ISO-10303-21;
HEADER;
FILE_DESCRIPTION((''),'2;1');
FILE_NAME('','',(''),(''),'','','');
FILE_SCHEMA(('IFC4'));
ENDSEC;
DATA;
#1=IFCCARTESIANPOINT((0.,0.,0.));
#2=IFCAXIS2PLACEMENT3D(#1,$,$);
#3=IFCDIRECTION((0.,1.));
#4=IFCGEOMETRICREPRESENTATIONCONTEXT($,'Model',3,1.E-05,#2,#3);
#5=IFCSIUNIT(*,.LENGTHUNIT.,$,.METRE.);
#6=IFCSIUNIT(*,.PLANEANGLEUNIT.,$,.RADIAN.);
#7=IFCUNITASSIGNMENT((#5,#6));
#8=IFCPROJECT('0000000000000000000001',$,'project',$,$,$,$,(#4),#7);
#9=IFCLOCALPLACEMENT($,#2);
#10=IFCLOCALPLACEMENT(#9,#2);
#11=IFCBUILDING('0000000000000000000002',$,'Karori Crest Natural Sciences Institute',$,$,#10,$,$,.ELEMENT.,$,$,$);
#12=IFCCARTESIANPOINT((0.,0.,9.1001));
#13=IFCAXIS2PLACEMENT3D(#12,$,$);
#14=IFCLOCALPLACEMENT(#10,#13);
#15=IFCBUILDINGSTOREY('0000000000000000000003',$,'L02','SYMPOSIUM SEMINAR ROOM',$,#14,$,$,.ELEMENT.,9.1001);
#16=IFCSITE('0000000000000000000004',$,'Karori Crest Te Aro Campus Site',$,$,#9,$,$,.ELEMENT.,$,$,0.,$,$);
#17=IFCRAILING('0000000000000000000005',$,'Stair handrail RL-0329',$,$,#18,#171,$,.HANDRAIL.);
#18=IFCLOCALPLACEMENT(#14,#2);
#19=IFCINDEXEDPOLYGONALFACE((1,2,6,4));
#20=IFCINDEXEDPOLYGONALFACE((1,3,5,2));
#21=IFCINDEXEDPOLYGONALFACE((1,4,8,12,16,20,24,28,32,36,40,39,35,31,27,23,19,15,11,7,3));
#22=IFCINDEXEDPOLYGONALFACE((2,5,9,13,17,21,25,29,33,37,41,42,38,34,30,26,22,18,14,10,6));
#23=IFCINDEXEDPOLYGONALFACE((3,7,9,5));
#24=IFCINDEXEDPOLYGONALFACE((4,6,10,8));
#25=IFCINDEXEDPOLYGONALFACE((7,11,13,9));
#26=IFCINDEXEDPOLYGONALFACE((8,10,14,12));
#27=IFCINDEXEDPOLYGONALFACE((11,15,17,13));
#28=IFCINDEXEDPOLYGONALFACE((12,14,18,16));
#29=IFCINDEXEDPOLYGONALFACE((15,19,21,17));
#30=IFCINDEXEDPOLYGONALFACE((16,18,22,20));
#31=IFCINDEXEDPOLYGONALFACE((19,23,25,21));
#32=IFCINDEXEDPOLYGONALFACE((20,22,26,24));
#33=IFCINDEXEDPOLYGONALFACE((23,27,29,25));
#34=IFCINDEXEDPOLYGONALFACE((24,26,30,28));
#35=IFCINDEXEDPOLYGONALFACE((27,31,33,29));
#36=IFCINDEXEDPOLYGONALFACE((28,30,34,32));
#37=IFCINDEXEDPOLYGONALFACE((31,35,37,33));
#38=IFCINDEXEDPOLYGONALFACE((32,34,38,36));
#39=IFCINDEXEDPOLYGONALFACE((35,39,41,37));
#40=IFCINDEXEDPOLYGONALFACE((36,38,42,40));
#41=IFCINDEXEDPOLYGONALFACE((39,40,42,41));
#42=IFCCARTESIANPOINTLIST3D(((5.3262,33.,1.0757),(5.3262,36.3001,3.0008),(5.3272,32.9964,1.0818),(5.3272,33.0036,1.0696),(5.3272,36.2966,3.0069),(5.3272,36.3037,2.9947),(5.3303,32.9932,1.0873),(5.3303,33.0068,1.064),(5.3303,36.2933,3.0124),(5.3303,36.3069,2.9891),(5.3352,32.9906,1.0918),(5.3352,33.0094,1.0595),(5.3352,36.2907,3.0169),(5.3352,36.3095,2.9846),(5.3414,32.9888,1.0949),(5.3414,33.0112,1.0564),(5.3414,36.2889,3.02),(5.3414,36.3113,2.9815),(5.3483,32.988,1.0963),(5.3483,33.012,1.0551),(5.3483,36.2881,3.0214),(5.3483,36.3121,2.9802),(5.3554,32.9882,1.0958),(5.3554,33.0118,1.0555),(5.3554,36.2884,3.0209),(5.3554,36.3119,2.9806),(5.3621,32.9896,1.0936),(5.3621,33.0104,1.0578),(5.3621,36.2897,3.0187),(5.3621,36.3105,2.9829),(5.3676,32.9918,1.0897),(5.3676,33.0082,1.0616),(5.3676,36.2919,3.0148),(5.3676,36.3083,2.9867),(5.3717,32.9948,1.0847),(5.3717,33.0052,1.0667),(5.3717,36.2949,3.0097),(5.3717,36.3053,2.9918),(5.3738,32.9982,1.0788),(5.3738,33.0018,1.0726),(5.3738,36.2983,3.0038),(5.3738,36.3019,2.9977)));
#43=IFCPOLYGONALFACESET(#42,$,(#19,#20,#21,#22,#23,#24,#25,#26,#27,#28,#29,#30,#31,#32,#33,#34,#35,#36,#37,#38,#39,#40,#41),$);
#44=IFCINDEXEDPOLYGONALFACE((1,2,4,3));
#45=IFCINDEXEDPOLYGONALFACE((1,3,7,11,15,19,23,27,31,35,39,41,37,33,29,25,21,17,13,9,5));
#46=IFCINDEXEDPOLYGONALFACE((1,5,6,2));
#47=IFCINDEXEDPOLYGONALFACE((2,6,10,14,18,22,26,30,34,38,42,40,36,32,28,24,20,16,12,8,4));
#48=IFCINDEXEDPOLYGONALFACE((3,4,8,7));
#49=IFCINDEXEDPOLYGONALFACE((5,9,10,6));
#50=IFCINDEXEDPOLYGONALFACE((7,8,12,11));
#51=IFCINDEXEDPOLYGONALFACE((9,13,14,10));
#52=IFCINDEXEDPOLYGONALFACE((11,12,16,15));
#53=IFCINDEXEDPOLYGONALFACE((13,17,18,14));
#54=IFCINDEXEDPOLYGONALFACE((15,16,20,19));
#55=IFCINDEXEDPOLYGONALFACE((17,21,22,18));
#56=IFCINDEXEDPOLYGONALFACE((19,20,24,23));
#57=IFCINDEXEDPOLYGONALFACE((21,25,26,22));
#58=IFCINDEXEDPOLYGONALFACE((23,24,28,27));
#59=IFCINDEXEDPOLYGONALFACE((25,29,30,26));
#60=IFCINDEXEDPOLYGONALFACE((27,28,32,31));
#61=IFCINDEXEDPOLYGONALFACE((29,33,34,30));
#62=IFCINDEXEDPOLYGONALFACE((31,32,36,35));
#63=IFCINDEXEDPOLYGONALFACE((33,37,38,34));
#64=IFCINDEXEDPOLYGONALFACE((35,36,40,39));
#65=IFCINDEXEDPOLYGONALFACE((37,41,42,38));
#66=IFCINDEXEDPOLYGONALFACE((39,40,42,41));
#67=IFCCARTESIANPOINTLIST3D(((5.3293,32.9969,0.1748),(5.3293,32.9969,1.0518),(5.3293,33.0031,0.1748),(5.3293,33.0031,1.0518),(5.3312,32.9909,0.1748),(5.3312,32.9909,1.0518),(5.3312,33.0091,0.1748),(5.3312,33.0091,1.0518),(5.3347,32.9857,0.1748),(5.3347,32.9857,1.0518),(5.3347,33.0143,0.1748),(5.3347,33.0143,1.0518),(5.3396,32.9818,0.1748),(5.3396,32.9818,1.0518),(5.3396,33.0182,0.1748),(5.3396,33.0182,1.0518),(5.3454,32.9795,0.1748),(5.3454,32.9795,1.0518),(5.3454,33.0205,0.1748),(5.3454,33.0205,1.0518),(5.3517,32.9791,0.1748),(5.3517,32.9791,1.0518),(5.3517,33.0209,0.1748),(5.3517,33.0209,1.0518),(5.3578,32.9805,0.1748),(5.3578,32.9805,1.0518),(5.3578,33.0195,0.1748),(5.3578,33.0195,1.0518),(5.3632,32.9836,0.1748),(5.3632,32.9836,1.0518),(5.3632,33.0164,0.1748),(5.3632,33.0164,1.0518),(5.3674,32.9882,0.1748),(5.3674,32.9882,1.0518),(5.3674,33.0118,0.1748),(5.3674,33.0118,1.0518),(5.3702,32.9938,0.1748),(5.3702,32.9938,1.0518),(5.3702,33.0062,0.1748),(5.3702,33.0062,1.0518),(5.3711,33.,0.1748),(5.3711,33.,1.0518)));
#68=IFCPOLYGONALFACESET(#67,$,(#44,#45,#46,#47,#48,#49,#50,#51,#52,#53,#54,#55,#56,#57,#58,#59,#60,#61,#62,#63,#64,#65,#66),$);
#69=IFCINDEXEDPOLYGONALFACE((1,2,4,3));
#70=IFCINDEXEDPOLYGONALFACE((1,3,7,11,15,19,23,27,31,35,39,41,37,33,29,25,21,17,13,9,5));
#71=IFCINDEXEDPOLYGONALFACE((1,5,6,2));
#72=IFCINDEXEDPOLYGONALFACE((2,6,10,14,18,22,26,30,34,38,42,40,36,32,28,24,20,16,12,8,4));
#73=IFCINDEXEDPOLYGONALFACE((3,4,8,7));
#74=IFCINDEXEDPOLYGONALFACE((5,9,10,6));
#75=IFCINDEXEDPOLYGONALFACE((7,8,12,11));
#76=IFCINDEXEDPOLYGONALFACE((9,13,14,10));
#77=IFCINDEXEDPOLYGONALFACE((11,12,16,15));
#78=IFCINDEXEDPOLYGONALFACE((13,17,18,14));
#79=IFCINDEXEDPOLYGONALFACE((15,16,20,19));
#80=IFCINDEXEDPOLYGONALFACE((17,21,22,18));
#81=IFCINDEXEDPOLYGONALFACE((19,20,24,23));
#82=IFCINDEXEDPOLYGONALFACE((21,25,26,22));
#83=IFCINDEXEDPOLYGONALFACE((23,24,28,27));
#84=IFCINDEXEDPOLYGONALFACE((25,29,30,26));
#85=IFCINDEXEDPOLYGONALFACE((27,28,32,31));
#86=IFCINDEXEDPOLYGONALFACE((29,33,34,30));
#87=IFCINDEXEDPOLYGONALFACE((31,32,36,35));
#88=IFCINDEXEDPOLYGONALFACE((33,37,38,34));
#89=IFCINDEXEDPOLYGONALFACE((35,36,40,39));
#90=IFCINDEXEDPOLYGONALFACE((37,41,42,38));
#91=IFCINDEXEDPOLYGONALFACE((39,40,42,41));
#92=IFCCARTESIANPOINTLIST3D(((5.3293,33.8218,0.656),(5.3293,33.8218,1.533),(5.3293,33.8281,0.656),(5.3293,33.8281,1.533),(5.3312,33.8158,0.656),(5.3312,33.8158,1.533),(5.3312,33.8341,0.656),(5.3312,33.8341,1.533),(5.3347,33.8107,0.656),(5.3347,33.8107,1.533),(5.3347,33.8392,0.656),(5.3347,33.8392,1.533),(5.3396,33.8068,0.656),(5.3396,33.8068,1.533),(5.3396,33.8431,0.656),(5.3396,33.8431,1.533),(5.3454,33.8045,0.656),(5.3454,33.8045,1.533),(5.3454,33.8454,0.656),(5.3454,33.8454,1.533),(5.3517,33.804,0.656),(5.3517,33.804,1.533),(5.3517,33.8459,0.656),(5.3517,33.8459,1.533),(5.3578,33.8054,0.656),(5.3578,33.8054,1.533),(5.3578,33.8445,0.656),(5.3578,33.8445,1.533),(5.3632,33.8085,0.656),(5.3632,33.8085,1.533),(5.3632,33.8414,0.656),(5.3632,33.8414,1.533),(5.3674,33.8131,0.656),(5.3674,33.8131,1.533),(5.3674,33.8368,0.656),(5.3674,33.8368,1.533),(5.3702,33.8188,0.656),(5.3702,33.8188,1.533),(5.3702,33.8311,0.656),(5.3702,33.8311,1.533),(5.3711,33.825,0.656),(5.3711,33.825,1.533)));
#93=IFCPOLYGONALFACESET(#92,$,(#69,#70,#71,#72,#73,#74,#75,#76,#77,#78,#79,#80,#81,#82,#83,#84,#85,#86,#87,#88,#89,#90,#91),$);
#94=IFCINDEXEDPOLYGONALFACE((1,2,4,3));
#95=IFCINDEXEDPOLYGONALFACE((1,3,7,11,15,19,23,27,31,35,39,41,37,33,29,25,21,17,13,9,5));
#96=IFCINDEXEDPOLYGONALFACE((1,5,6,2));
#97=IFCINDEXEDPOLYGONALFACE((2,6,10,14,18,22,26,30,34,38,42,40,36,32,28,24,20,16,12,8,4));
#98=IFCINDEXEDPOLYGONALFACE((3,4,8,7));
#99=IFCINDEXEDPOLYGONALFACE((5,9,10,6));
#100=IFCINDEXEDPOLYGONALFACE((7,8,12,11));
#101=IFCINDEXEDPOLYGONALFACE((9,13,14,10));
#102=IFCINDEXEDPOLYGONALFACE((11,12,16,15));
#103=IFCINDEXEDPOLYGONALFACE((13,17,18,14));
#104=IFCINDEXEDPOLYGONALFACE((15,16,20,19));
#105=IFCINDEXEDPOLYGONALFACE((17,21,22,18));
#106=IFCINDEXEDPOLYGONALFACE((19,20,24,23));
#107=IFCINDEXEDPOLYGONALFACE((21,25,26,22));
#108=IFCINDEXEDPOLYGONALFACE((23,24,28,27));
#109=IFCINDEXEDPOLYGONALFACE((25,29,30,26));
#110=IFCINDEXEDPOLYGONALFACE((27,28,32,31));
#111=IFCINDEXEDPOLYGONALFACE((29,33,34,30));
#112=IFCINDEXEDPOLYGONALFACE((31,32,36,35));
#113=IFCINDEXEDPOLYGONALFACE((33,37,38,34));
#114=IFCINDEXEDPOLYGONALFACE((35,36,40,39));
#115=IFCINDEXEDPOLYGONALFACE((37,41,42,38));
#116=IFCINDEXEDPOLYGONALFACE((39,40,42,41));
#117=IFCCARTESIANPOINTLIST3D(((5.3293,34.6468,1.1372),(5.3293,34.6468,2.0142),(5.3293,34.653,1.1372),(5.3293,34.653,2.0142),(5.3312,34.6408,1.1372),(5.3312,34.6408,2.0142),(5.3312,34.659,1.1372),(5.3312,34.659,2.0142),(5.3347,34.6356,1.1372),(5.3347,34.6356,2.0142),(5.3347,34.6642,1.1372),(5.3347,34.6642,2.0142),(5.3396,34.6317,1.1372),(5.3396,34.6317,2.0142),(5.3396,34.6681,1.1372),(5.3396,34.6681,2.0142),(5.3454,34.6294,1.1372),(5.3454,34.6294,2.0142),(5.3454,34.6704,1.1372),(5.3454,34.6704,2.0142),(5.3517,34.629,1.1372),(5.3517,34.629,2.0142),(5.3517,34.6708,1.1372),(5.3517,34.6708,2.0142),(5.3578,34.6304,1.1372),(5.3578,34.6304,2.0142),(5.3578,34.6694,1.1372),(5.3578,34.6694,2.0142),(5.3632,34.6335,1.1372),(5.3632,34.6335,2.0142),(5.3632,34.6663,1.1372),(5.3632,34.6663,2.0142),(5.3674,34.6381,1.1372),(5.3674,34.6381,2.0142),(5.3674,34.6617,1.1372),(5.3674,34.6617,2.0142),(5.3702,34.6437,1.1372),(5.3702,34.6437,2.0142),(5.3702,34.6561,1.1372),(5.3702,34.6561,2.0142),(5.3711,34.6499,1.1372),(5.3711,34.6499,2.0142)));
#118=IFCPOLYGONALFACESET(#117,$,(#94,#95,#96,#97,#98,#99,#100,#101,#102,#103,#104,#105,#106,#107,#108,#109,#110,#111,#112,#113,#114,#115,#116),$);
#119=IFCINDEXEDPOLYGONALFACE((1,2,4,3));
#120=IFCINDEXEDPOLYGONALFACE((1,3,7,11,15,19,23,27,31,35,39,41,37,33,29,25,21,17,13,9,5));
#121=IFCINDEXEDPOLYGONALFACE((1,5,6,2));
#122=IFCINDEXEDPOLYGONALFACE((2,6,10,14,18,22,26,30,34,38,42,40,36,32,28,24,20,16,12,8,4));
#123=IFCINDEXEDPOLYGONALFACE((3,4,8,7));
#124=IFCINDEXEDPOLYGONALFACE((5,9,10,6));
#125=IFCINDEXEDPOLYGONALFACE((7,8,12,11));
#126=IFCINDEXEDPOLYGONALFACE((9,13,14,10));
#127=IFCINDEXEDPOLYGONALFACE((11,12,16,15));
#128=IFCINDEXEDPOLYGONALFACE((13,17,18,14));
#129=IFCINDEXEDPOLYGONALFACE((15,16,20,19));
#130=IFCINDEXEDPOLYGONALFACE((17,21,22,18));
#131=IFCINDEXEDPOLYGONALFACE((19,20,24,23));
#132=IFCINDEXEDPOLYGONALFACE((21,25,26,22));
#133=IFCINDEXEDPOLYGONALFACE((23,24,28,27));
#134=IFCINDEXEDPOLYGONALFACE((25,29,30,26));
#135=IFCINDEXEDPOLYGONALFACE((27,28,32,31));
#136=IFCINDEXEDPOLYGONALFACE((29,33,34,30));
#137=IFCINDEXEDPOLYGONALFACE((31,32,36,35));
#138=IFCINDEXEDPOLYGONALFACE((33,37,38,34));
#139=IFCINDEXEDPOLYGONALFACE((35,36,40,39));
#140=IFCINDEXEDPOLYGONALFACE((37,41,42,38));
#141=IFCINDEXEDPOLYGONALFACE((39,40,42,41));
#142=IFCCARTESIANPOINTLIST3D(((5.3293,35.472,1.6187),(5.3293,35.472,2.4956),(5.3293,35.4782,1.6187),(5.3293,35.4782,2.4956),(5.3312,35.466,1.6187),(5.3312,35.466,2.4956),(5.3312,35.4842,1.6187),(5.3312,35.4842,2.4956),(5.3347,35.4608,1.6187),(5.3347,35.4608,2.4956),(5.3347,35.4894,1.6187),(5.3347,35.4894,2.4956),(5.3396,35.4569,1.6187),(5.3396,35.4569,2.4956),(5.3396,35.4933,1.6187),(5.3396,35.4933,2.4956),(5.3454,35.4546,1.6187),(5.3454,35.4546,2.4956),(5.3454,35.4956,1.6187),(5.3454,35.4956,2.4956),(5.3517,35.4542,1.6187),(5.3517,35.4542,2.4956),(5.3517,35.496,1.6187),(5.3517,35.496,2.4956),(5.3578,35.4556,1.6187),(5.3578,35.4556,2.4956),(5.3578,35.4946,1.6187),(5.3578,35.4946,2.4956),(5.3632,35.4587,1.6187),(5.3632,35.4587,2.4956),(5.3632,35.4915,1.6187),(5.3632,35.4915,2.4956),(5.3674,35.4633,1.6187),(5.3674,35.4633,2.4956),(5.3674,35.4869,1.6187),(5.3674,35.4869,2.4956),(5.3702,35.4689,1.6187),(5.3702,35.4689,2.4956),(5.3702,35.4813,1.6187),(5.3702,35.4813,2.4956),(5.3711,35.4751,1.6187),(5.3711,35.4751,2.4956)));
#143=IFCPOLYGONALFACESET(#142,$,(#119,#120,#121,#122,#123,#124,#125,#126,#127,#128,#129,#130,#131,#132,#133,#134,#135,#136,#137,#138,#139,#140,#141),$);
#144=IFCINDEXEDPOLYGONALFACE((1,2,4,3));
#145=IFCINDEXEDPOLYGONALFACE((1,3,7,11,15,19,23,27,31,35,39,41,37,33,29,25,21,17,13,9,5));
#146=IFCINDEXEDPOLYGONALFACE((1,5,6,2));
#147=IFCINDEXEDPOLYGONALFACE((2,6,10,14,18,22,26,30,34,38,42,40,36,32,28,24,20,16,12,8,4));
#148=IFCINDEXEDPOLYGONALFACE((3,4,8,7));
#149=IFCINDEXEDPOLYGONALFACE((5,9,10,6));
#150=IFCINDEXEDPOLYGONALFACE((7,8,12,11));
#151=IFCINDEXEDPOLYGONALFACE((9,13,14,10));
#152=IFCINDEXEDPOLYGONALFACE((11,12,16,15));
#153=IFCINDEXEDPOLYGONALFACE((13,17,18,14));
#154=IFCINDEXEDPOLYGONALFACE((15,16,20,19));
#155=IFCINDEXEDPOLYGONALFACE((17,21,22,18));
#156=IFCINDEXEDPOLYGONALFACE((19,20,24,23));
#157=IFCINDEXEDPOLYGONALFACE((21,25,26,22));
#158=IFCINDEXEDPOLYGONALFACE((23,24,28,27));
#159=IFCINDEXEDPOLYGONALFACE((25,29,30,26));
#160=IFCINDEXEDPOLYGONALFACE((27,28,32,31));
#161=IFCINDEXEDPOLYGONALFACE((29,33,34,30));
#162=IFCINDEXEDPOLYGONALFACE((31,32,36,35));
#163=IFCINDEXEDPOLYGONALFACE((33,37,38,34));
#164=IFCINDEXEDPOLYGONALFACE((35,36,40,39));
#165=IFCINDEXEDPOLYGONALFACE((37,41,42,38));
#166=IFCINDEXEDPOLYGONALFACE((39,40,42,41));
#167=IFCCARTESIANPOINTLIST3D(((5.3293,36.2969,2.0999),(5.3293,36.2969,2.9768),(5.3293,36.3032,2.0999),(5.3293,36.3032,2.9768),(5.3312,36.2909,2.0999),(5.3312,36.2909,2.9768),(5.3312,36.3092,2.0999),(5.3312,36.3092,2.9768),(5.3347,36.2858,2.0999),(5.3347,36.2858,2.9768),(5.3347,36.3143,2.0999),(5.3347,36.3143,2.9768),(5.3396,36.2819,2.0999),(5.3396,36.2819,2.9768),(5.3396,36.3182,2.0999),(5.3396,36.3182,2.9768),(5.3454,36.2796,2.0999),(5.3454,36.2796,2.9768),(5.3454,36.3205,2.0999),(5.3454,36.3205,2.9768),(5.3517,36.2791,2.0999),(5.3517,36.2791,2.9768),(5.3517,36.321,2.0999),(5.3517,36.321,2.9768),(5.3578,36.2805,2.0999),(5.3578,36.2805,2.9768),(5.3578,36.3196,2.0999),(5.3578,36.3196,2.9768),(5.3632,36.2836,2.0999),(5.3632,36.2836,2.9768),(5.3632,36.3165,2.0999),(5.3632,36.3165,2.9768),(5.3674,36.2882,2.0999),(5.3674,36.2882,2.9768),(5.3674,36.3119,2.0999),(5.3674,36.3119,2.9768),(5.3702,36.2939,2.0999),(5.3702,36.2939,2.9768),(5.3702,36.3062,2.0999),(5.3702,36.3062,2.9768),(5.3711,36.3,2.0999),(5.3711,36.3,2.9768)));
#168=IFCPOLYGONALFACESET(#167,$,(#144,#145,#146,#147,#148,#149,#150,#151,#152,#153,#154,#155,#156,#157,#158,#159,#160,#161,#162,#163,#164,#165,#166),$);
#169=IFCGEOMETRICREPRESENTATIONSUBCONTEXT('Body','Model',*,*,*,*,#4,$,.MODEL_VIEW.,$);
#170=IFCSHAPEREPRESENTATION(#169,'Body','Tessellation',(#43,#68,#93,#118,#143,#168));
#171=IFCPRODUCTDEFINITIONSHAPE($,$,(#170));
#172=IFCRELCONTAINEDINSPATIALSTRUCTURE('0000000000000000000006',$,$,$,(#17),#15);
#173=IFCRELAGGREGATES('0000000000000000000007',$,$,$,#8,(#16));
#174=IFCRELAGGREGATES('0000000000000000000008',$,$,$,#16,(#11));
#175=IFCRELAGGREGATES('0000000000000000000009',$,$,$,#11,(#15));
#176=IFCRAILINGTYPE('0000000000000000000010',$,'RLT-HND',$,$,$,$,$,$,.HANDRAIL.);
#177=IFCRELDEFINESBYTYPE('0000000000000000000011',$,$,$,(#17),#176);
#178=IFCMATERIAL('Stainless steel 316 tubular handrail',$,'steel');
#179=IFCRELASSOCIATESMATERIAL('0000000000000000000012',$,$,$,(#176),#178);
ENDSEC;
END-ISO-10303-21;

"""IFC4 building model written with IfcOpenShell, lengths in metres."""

from ifc_helpers import new_model, si_unit, direction, frame, origin, origin_2d, place, context, subcontext, project, spatial, circle, extrude, material, type_object, element, save


model = new_model("IFC4")

# Units and contexts
model_context = context("Model", 3, precision=1e-05, world=origin(), true_north=direction((0.0, 1.0)))
body_context = subcontext(model_context, "Body", "Model", "MODEL_VIEW")
ifc_project = project(units=[si_unit("LENGTHUNIT", "METRE"), si_unit("PLANEANGLEUNIT", "RADIAN")], contexts=[model_context])

# Site, building, storey
site_placement = place(None, origin())
site = spatial("IfcSite", under=ifc_project, at=site_placement, Name="Karori Crest Te Aro Campus Site", CompositionType="ELEMENT", RefElevation=0.0)
building_placement = place(site_placement, origin())
building = spatial("IfcBuilding", under=site, at=building_placement, Name="Karori Crest Natural Sciences Institute", CompositionType="ELEMENT")
storey_placement = place(building_placement, frame((0.0, 0.0, 9.1001)))
storey = spatial("IfcBuildingStorey", under=building, at=storey_placement, Name="L02", Description="SYMPOSIUM SEMINAR ROOM", CompositionType="ELEMENT", Elevation=9.1001)

# Railing
ifc_material_1 = material(Name="Stainless steel 316 tubular handrail", Category="steel")
railing_type_1 = type_object("IfcRailingType", Name="RLT-HND", PredefinedType="HANDRAIL", material=ifc_material_1)
railing_1_placement = place(storey_placement, frame((5.3501, 33.0, 0.1748)))
element("IfcRailing", 1, at=railing_1_placement, inside=storey, type_object=railing_type_1, Name="Stair handrail RL-0329", PredefinedType="HANDRAIL", context=body_context, shape_type="SweptSolid", body=[
    extrude(circle(Radius=0.0239, at=origin_2d()), frame((0.0, 0.0, 0.9009), z_axis=(0.0, 0.863777, 0.503875), x_axis=(-1.0, 0.0, 0.0)), (0.0, 0.0, 1.0), 3.8206),
    extrude(circle(Radius=0.021, at=origin_2d()), origin(), (0.0, 0.0, 1.0), 0.877),
    extrude(circle(Radius=0.021, at=origin_2d()), frame((0.0, 0.825, 0.4812)), (0.0, 0.0, 1.0), 0.877),
    extrude(circle(Radius=0.021, at=origin_2d()), frame((0.0, 1.6499, 0.9624)), (0.0, 0.0, 1.0), 0.877),
    extrude(circle(Radius=0.021, at=origin_2d()), frame((0.0, 2.4751, 1.4438)), (0.0, 0.0, 1.0), 0.877),
    extrude(circle(Radius=0.021, at=origin_2d()), frame((0.0, 3.3, 1.925)), (0.0, 0.0, 1.0), 0.877),
])

save(model, "model.ifc")
